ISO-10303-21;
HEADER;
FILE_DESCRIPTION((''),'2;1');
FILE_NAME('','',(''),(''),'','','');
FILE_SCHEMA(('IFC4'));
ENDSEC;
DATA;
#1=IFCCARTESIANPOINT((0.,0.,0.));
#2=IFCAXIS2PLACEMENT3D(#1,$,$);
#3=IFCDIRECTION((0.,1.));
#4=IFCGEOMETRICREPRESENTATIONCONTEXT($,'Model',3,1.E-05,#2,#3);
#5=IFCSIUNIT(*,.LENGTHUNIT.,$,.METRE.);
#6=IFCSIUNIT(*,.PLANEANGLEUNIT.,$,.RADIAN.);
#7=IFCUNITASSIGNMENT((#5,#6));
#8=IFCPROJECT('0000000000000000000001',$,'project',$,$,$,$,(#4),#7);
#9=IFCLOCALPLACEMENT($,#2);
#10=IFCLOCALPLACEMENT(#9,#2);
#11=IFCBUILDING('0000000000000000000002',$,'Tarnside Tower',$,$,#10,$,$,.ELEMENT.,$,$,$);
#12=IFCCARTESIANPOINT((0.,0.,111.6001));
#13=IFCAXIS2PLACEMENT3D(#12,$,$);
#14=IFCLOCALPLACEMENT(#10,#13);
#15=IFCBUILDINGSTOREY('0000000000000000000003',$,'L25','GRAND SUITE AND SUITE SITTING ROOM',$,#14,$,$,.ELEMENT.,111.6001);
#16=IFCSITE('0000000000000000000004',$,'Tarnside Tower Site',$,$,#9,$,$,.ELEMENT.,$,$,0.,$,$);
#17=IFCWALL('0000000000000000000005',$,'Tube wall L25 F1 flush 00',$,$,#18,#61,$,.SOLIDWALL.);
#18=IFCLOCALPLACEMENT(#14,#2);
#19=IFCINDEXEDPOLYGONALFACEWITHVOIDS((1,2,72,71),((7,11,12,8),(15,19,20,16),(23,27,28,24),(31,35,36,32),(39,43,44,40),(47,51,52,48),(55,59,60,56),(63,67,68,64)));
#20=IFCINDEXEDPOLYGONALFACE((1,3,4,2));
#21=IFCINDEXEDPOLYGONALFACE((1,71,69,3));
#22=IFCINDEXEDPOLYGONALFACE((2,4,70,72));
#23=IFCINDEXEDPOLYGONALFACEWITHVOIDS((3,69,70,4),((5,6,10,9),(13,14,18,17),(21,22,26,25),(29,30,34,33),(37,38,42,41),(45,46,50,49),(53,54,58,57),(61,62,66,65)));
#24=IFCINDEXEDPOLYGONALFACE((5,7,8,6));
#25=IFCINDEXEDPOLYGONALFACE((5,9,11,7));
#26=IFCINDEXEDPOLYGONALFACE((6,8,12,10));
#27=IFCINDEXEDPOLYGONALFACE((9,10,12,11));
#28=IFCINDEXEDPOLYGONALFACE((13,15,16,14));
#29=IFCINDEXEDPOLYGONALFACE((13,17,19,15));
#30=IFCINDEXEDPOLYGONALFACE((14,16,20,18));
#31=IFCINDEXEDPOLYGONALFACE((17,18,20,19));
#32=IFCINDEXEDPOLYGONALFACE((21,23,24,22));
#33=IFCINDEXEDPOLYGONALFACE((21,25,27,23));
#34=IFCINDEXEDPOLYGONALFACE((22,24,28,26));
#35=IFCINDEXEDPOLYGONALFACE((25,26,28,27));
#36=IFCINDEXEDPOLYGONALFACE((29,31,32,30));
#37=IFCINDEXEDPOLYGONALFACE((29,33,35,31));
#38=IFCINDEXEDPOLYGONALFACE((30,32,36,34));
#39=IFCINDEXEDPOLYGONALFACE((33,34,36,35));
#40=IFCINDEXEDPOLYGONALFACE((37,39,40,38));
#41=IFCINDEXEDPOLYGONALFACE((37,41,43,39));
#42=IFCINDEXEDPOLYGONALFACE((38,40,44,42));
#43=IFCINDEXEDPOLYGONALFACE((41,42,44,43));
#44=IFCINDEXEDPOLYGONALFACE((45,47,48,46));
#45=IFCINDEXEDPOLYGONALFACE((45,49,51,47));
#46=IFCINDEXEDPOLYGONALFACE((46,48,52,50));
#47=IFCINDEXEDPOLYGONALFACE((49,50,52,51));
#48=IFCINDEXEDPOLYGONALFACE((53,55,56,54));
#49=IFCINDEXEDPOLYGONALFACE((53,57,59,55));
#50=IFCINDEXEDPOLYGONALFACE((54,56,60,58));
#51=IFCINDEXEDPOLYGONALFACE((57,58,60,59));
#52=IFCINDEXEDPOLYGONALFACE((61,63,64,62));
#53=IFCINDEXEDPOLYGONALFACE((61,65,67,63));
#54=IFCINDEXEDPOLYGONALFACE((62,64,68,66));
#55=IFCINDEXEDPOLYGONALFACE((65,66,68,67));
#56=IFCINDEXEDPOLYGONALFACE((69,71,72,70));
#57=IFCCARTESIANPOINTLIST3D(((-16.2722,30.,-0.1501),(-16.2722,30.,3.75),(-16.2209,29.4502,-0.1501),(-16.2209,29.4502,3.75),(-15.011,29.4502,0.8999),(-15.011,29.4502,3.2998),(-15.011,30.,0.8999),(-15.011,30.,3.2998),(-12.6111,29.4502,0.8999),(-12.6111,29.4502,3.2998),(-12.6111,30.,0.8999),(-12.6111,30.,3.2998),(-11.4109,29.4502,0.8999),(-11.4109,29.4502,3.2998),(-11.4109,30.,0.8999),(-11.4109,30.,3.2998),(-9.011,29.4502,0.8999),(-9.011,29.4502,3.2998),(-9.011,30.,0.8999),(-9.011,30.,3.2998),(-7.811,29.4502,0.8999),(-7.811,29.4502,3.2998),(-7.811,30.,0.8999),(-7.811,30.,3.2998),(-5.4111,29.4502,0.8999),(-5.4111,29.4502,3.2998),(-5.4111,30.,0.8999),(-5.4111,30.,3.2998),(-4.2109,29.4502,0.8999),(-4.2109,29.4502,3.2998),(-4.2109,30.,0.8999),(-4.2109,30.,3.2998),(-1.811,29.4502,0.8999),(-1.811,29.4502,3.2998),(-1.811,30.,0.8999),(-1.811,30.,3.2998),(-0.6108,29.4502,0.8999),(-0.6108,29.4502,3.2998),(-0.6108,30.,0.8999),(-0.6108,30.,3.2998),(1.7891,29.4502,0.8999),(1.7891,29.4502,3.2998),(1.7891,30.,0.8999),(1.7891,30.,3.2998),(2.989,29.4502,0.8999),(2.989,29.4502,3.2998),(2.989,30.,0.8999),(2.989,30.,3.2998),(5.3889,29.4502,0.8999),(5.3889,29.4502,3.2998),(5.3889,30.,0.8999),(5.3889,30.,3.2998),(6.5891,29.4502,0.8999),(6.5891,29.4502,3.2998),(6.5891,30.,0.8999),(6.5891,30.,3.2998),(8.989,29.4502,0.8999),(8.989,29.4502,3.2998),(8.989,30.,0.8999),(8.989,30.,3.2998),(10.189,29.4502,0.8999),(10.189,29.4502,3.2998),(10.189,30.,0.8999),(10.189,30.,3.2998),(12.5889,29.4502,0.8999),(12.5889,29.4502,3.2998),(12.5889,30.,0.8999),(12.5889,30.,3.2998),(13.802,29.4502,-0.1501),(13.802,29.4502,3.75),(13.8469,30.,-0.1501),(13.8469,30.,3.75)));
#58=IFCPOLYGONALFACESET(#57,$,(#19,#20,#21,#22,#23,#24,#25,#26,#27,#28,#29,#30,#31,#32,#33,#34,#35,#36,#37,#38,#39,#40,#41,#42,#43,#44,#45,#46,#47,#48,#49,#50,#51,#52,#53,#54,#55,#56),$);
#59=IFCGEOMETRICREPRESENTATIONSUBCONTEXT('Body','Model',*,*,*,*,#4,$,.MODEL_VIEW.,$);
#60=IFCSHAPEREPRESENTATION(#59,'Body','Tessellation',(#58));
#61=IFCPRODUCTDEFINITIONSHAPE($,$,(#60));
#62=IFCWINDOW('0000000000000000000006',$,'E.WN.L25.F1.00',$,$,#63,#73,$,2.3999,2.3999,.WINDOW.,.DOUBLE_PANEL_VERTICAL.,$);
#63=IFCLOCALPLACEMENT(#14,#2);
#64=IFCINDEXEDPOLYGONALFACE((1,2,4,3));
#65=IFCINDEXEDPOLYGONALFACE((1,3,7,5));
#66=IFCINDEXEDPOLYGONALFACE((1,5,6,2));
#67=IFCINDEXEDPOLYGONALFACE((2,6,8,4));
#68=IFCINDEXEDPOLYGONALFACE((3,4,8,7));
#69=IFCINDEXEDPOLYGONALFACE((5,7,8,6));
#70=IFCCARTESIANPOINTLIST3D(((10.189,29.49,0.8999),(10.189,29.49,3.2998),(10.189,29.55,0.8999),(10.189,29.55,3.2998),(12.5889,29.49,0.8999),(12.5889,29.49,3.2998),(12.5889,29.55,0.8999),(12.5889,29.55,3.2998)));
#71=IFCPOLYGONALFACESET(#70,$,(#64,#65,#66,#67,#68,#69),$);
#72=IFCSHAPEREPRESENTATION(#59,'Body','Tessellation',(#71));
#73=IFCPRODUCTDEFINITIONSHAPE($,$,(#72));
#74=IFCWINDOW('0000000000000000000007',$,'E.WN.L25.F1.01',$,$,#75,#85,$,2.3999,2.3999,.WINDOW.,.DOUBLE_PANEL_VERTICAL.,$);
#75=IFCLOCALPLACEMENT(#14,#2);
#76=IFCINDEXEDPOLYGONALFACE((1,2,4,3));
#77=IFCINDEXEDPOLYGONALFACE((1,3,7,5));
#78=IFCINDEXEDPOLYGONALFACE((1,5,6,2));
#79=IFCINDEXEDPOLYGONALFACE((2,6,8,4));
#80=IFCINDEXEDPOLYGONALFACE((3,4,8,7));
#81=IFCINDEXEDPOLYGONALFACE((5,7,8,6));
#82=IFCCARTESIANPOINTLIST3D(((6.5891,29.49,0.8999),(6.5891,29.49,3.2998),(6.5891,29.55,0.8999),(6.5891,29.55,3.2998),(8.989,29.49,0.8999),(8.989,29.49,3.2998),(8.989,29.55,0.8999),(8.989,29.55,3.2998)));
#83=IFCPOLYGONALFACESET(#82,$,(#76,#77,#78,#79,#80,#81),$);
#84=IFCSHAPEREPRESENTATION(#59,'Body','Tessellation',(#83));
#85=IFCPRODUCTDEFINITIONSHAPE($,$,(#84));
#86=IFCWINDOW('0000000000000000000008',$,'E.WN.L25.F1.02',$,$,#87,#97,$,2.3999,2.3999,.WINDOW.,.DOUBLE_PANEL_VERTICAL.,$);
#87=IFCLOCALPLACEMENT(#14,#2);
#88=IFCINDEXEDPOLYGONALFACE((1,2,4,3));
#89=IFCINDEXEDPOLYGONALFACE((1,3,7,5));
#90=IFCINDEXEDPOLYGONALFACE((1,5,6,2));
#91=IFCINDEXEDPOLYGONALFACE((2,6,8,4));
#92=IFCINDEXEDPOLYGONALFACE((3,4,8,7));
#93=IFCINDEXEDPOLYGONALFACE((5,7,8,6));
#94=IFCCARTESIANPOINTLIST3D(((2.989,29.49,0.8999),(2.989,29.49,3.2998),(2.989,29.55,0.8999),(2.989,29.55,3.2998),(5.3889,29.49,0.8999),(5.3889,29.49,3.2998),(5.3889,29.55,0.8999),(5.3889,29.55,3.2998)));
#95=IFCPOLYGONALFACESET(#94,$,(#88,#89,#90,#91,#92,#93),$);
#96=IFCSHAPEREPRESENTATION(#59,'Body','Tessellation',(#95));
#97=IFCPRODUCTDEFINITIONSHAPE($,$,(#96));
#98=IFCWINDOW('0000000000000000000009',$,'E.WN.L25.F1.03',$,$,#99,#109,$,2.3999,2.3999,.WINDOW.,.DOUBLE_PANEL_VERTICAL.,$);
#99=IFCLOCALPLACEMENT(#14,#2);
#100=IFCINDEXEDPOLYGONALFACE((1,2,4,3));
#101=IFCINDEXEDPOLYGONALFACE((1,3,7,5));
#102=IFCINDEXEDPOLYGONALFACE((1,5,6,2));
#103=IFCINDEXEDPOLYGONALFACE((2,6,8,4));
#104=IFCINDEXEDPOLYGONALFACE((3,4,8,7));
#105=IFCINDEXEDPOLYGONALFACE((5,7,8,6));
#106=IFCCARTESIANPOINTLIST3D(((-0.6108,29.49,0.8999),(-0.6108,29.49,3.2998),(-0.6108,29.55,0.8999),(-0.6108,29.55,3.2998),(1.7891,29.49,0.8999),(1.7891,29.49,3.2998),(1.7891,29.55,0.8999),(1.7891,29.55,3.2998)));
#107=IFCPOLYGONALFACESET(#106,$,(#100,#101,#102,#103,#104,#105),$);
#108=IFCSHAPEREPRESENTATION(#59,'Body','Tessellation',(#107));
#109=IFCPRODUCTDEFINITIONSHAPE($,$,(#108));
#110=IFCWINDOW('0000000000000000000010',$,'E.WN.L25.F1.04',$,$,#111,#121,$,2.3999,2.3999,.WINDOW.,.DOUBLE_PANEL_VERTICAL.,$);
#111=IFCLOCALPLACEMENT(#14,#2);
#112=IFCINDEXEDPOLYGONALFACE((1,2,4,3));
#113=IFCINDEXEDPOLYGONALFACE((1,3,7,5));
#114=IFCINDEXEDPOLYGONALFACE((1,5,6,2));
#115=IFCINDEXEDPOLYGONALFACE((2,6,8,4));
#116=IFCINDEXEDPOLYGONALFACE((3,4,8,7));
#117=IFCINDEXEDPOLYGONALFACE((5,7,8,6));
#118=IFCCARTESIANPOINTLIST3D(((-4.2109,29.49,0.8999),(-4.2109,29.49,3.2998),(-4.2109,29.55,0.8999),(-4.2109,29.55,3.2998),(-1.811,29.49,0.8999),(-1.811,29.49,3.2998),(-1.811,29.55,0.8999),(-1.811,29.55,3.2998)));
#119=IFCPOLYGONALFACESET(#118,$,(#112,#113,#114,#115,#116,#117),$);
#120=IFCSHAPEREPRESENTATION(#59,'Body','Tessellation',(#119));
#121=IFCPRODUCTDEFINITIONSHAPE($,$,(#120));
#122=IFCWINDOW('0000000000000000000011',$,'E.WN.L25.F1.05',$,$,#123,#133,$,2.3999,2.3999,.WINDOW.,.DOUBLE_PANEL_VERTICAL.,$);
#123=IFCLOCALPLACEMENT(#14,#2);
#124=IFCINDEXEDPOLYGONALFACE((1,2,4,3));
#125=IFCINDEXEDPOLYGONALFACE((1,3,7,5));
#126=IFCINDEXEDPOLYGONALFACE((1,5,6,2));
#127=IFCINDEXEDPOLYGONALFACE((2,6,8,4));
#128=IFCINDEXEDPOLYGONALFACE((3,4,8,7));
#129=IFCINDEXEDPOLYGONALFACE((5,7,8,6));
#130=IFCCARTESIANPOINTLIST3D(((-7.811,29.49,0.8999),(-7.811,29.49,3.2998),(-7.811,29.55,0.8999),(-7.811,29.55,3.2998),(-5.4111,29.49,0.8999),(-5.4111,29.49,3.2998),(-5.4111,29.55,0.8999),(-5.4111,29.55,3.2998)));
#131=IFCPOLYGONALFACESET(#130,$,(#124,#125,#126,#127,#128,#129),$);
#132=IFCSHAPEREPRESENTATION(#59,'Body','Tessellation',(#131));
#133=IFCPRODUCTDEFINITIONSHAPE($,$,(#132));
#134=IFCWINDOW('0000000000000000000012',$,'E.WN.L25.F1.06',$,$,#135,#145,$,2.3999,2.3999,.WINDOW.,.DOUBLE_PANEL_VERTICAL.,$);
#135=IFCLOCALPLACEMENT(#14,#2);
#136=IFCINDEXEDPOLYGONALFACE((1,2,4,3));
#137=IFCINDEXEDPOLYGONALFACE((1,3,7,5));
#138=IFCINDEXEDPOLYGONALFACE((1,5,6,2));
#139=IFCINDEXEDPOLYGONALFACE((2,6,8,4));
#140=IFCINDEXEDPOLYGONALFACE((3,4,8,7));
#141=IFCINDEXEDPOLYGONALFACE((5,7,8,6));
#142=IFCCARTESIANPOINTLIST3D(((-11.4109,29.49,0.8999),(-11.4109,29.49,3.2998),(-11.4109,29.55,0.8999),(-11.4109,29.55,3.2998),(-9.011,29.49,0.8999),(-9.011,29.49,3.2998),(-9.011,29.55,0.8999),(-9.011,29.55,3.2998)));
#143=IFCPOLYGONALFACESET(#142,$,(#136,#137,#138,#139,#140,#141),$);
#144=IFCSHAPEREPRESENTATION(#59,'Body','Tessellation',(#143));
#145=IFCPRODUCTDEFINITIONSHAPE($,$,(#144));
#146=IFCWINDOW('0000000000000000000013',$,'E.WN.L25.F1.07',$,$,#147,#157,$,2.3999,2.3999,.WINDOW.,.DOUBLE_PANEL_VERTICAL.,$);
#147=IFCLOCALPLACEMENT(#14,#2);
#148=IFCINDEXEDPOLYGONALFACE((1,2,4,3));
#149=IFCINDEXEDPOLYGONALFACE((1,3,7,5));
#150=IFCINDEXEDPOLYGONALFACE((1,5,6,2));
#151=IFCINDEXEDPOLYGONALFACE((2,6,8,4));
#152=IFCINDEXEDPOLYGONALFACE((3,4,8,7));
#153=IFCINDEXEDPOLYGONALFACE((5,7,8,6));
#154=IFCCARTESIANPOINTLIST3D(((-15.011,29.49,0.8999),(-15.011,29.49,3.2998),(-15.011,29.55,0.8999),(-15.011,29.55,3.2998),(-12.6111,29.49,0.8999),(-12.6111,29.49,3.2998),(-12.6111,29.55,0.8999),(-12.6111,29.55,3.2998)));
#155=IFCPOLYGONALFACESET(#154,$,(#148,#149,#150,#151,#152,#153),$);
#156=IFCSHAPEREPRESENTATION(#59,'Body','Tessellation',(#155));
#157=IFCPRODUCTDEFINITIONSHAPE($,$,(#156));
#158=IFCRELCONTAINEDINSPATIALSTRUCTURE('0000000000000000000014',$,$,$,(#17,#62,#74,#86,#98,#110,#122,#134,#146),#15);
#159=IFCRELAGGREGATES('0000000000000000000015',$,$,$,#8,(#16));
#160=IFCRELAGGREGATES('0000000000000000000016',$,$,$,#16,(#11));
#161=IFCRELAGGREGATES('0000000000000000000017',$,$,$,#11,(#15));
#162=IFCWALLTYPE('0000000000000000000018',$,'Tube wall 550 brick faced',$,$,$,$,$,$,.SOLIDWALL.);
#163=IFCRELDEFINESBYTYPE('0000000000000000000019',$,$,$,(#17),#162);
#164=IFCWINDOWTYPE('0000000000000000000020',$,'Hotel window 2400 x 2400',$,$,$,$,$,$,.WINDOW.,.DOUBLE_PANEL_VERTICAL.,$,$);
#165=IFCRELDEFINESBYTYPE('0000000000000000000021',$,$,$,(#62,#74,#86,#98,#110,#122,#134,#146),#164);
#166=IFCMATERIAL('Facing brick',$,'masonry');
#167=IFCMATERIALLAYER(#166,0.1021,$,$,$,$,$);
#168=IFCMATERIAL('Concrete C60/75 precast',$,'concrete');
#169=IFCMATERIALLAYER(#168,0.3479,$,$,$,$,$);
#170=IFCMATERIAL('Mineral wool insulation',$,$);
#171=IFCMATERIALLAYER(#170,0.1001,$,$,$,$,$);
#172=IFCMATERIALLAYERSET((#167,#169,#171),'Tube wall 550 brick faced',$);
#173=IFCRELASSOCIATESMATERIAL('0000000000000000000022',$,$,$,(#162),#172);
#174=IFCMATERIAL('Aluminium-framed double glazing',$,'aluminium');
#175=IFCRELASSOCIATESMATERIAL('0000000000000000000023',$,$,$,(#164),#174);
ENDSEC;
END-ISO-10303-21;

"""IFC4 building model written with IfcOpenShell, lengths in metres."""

from ifc_helpers import new_model, si_unit, direction, frame, frame_2d, origin, place, context, subcontext, project, spatial, polyline, rectangle, outline, extrude, material, layer, layer_set, type_object, element, fill, save


model = new_model("IFC4")

# Units and contexts
model_context = context("Model", 3, precision=1e-05, world=origin(), true_north=direction((0.0, 1.0)))
body_context = subcontext(model_context, "Body", "Model", "MODEL_VIEW")
ifc_project = project(units=[si_unit("LENGTHUNIT", "METRE"), si_unit("PLANEANGLEUNIT", "RADIAN")], contexts=[model_context])

# Site, building, storey
site_placement = place(None, origin())
site = spatial("IfcSite", under=ifc_project, at=site_placement, Name="Tarnside Tower Site", CompositionType="ELEMENT", RefElevation=0.0)
building_placement = place(site_placement, origin())
building = spatial("IfcBuilding", under=site, at=building_placement, Name="Tarnside Tower", CompositionType="ELEMENT")
storey_placement = place(building_placement, frame((0.0, 0.0, 111.6001)))
storey = spatial("IfcBuildingStorey", under=building, at=storey_placement, Name="L25", Description="GRAND SUITE AND SUITE SITTING ROOM", CompositionType="ELEMENT", Elevation=111.6001)

# Wall, openings, windows
ifc_material_1 = material(Name="Facing brick", Category="masonry")
ifc_layer_1 = layer(ifc_material_1, 0.1021)
ifc_material_2 = material(Name="Concrete C60/75 precast", Category="concrete")
ifc_layer_2 = layer(ifc_material_2, 0.3479)
ifc_material_3 = material(Name="Mineral wool insulation")
ifc_layer_3 = layer(ifc_material_3, 0.1001)
ifc_layer_set_1 = layer_set([ifc_layer_1, ifc_layer_2, ifc_layer_3], Name="Tube wall 550 brick faced")
wall_type_1 = type_object("IfcWallType", Name="Tube wall 550 brick faced", PredefinedType="SOLIDWALL", material=ifc_layer_set_1)
wall_1_placement = place(storey_placement, frame((13.8245, 29.7251, -0.1501), z_axis=(0.0, 0.0, 1.0), x_axis=(-1.0, 0.0, 0.0)))
wall_1 = element("IfcWall", 1, at=wall_1_placement, inside=storey, type_object=wall_type_1, Name="Tube wall L25 F1 flush 00", PredefinedType="SOLIDWALL", context=body_context, shape_type="SweptSolid", body=[
    extrude(outline(polyline([(-0.0225, -0.2749), (30.0967, -0.2749), (30.0454, 0.2749), (0.0225, 0.2749), (-0.0225, -0.2749)])), origin(), (0.0, 0.0, 1.0), 3.9001),
])
opening_1_placement = place(wall_1_placement, frame((1.2356, 0.0, 1.05)))
opening_1 = element("IfcOpeningElement", 2, at=opening_1_placement, cuts=wall_1, PredefinedType="OPENING", context=body_context, shape_type="SweptSolid", body=[
    extrude(rectangle(XDim=2.3999, YDim=2.3999, at=frame_2d((1.2, 1.2))), frame((0.0, 0.2852, 0.0), z_axis=(0.0, -1.0, 0.0), x_axis=(1.0, 0.0, 0.0)), (0.0, 0.0, 1.0), 0.5701),
])
opening_2_placement = place(wall_1_placement, frame((4.8354, 0.0, 1.05)))
opening_2 = element("IfcOpeningElement", 3, at=opening_2_placement, cuts=wall_1, PredefinedType="OPENING", context=body_context, shape_type="SweptSolid", body=[
    extrude(rectangle(XDim=2.3999, YDim=2.3999, at=frame_2d((1.2, 1.2))), frame((0.0, 0.2852, 0.0), z_axis=(0.0, -1.0, 0.0), x_axis=(1.0, 0.0, 0.0)), (0.0, 0.0, 1.0), 0.5701),
])
opening_3_placement = place(wall_1_placement, frame((8.4355, 0.0, 1.05)))
opening_3 = element("IfcOpeningElement", 4, at=opening_3_placement, cuts=wall_1, PredefinedType="OPENING", context=body_context, shape_type="SweptSolid", body=[
    extrude(rectangle(XDim=2.3999, YDim=2.3999, at=frame_2d((1.2, 1.2))), frame((0.0, 0.2852, 0.0), z_axis=(0.0, -1.0, 0.0), x_axis=(1.0, 0.0, 0.0)), (0.0, 0.0, 1.0), 0.5701),
])
opening_4_placement = place(wall_1_placement, frame((12.0354, 0.0, 1.05)))
opening_4 = element("IfcOpeningElement", 5, at=opening_4_placement, cuts=wall_1, PredefinedType="OPENING", context=body_context, shape_type="SweptSolid", body=[
    extrude(rectangle(XDim=2.3999, YDim=2.3999, at=frame_2d((1.2, 1.2))), frame((0.0, 0.2852, 0.0), z_axis=(0.0, -1.0, 0.0), x_axis=(1.0, 0.0, 0.0)), (0.0, 0.0, 1.0), 0.5701),
])
opening_5_placement = place(wall_1_placement, frame((15.6355, 0.0, 1.05)))
opening_5 = element("IfcOpeningElement", 6, at=opening_5_placement, cuts=wall_1, PredefinedType="OPENING", context=body_context, shape_type="SweptSolid", body=[
    extrude(rectangle(XDim=2.3999, YDim=2.3999, at=frame_2d((1.2, 1.2))), frame((0.0, 0.2852, 0.0), z_axis=(0.0, -1.0, 0.0), x_axis=(1.0, 0.0, 0.0)), (0.0, 0.0, 1.0), 0.5701),
])
opening_6_placement = place(wall_1_placement, frame((19.2356, 0.0, 1.05)))
opening_6 = element("IfcOpeningElement", 7, at=opening_6_placement, cuts=wall_1, PredefinedType="OPENING", context=body_context, shape_type="SweptSolid", body=[
    extrude(rectangle(XDim=2.3999, YDim=2.3999, at=frame_2d((1.2, 1.2))), frame((0.0, 0.2852, 0.0), z_axis=(0.0, -1.0, 0.0), x_axis=(1.0, 0.0, 0.0)), (0.0, 0.0, 1.0), 0.5701),
])
opening_7_placement = place(wall_1_placement, frame((22.8354, 0.0, 1.05)))
opening_7 = element("IfcOpeningElement", 8, at=opening_7_placement, cuts=wall_1, PredefinedType="OPENING", context=body_context, shape_type="SweptSolid", body=[
    extrude(rectangle(XDim=2.3999, YDim=2.3999, at=frame_2d((1.2, 1.2))), frame((0.0, 0.2852, 0.0), z_axis=(0.0, -1.0, 0.0), x_axis=(1.0, 0.0, 0.0)), (0.0, 0.0, 1.0), 0.5701),
])
opening_8_placement = place(wall_1_placement, frame((26.4355, 0.0, 1.05)))
opening_8 = element("IfcOpeningElement", 9, at=opening_8_placement, cuts=wall_1, PredefinedType="OPENING", context=body_context, shape_type="SweptSolid", body=[
    extrude(rectangle(XDim=2.3999, YDim=2.3999, at=frame_2d((1.2, 1.2))), frame((0.0, 0.2852, 0.0), z_axis=(0.0, -1.0, 0.0), x_axis=(1.0, 0.0, 0.0)), (0.0, 0.0, 1.0), 0.5701),
])
ifc_material_4 = material(Name="Aluminium-framed double glazing", Category="aluminium")
window_type = type_object("IfcWindowType", Name="Hotel window 2400 x 2400", PartitioningType="DOUBLE_PANEL_VERTICAL", PredefinedType="WINDOW", material=ifc_material_4)
window_1_placement = place(opening_1_placement, frame((0.0, 0.2051, 0.0)))
window_1 = element("IfcWindow", 10, at=window_1_placement, inside=storey, type_object=window_type, Name="E.WN.L25.F1.00", OverallHeight=2.3999, OverallWidth=2.3999, PartitioningType="DOUBLE_PANEL_VERTICAL", PredefinedType="WINDOW", context=body_context, shape_type="SweptSolid", body=[
    extrude(rectangle(XDim=2.3999, YDim=2.3999, at=frame_2d((1.2, 1.2))), frame((0.0, 0.03, 0.0), z_axis=(0.0, -1.0, 0.0), x_axis=(1.0, 0.0, 0.0)), (0.0, 0.0, 1.0), 0.0601),
])
fill(opening_1, window_1)
window_2_placement = place(opening_2_placement, frame((0.0, 0.2051, 0.0)))
window_2 = element("IfcWindow", 11, at=window_2_placement, inside=storey, type_object=window_type, Name="E.WN.L25.F1.01", OverallHeight=2.3999, OverallWidth=2.3999, PartitioningType="DOUBLE_PANEL_VERTICAL", PredefinedType="WINDOW", context=body_context, shape_type="SweptSolid", body=[
    extrude(rectangle(XDim=2.3999, YDim=2.3999, at=frame_2d((1.2, 1.2))), frame((0.0, 0.03, 0.0), z_axis=(0.0, -1.0, 0.0), x_axis=(1.0, 0.0, 0.0)), (0.0, 0.0, 1.0), 0.0601),
])
fill(opening_2, window_2)
window_3_placement = place(opening_3_placement, frame((0.0, 0.2051, 0.0)))
window_3 = element("IfcWindow", 12, at=window_3_placement, inside=storey, type_object=window_type, Name="E.WN.L25.F1.02", OverallHeight=2.3999, OverallWidth=2.3999, PartitioningType="DOUBLE_PANEL_VERTICAL", PredefinedType="WINDOW", context=body_context, shape_type="SweptSolid", body=[
    extrude(rectangle(XDim=2.3999, YDim=2.3999, at=frame_2d((1.2, 1.2))), frame((0.0, 0.03, 0.0), z_axis=(0.0, -1.0, 0.0), x_axis=(1.0, 0.0, 0.0)), (0.0, 0.0, 1.0), 0.0601),
])
fill(opening_3, window_3)
window_4_placement = place(opening_4_placement, frame((0.0, 0.2051, 0.0)))
window_4 = element("IfcWindow", 13, at=window_4_placement, inside=storey, type_object=window_type, Name="E.WN.L25.F1.03", OverallHeight=2.3999, OverallWidth=2.3999, PartitioningType="DOUBLE_PANEL_VERTICAL", PredefinedType="WINDOW", context=body_context, shape_type="SweptSolid", body=[
    extrude(rectangle(XDim=2.3999, YDim=2.3999, at=frame_2d((1.2, 1.2))), frame((0.0, 0.03, 0.0), z_axis=(0.0, -1.0, 0.0), x_axis=(1.0, 0.0, 0.0)), (0.0, 0.0, 1.0), 0.0601),
])
fill(opening_4, window_4)
window_5_placement = place(opening_5_placement, frame((0.0, 0.2051, 0.0)))
window_5 = element("IfcWindow", 14, at=window_5_placement, inside=storey, type_object=window_type, Name="E.WN.L25.F1.04", OverallHeight=2.3999, OverallWidth=2.3999, PartitioningType="DOUBLE_PANEL_VERTICAL", PredefinedType="WINDOW", context=body_context, shape_type="SweptSolid", body=[
    extrude(rectangle(XDim=2.3999, YDim=2.3999, at=frame_2d((1.2, 1.2))), frame((0.0, 0.03, 0.0), z_axis=(0.0, -1.0, 0.0), x_axis=(1.0, 0.0, 0.0)), (0.0, 0.0, 1.0), 0.0601),
])
fill(opening_5, window_5)
window_6_placement = place(opening_6_placement, frame((0.0, 0.2051, 0.0)))
window_6 = element("IfcWindow", 15, at=window_6_placement, inside=storey, type_object=window_type, Name="E.WN.L25.F1.05", OverallHeight=2.3999, OverallWidth=2.3999, PartitioningType="DOUBLE_PANEL_VERTICAL", PredefinedType="WINDOW", context=body_context, shape_type="SweptSolid", body=[
    extrude(rectangle(XDim=2.3999, YDim=2.3999, at=frame_2d((1.2, 1.2))), frame((0.0, 0.03, 0.0), z_axis=(0.0, -1.0, 0.0), x_axis=(1.0, 0.0, 0.0)), (0.0, 0.0, 1.0), 0.0601),
])
fill(opening_6, window_6)
window_7_placement = place(opening_7_placement, frame((0.0, 0.2051, 0.0)))
window_7 = element("IfcWindow", 16, at=window_7_placement, inside=storey, type_object=window_type, Name="E.WN.L25.F1.06", OverallHeight=2.3999, OverallWidth=2.3999, PartitioningType="DOUBLE_PANEL_VERTICAL", PredefinedType="WINDOW", context=body_context, shape_type="SweptSolid", body=[
    extrude(rectangle(XDim=2.3999, YDim=2.3999, at=frame_2d((1.2, 1.2))), frame((0.0, 0.03, 0.0), z_axis=(0.0, -1.0, 0.0), x_axis=(1.0, 0.0, 0.0)), (0.0, 0.0, 1.0), 0.0601),
])
fill(opening_7, window_7)
window_8_placement = place(opening_8_placement, frame((0.0, 0.2051, 0.0)))
window_8 = element("IfcWindow", 17, at=window_8_placement, inside=storey, type_object=window_type, Name="E.WN.L25.F1.07", OverallHeight=2.3999, OverallWidth=2.3999, PartitioningType="DOUBLE_PANEL_VERTICAL", PredefinedType="WINDOW", context=body_context, shape_type="SweptSolid", body=[
    extrude(rectangle(XDim=2.3999, YDim=2.3999, at=frame_2d((1.2, 1.2))), frame((0.0, 0.03, 0.0), z_axis=(0.0, -1.0, 0.0), x_axis=(1.0, 0.0, 0.0)), (0.0, 0.0, 1.0), 0.0601),
])
fill(opening_8, window_8)

save(model, "model.ifc")
